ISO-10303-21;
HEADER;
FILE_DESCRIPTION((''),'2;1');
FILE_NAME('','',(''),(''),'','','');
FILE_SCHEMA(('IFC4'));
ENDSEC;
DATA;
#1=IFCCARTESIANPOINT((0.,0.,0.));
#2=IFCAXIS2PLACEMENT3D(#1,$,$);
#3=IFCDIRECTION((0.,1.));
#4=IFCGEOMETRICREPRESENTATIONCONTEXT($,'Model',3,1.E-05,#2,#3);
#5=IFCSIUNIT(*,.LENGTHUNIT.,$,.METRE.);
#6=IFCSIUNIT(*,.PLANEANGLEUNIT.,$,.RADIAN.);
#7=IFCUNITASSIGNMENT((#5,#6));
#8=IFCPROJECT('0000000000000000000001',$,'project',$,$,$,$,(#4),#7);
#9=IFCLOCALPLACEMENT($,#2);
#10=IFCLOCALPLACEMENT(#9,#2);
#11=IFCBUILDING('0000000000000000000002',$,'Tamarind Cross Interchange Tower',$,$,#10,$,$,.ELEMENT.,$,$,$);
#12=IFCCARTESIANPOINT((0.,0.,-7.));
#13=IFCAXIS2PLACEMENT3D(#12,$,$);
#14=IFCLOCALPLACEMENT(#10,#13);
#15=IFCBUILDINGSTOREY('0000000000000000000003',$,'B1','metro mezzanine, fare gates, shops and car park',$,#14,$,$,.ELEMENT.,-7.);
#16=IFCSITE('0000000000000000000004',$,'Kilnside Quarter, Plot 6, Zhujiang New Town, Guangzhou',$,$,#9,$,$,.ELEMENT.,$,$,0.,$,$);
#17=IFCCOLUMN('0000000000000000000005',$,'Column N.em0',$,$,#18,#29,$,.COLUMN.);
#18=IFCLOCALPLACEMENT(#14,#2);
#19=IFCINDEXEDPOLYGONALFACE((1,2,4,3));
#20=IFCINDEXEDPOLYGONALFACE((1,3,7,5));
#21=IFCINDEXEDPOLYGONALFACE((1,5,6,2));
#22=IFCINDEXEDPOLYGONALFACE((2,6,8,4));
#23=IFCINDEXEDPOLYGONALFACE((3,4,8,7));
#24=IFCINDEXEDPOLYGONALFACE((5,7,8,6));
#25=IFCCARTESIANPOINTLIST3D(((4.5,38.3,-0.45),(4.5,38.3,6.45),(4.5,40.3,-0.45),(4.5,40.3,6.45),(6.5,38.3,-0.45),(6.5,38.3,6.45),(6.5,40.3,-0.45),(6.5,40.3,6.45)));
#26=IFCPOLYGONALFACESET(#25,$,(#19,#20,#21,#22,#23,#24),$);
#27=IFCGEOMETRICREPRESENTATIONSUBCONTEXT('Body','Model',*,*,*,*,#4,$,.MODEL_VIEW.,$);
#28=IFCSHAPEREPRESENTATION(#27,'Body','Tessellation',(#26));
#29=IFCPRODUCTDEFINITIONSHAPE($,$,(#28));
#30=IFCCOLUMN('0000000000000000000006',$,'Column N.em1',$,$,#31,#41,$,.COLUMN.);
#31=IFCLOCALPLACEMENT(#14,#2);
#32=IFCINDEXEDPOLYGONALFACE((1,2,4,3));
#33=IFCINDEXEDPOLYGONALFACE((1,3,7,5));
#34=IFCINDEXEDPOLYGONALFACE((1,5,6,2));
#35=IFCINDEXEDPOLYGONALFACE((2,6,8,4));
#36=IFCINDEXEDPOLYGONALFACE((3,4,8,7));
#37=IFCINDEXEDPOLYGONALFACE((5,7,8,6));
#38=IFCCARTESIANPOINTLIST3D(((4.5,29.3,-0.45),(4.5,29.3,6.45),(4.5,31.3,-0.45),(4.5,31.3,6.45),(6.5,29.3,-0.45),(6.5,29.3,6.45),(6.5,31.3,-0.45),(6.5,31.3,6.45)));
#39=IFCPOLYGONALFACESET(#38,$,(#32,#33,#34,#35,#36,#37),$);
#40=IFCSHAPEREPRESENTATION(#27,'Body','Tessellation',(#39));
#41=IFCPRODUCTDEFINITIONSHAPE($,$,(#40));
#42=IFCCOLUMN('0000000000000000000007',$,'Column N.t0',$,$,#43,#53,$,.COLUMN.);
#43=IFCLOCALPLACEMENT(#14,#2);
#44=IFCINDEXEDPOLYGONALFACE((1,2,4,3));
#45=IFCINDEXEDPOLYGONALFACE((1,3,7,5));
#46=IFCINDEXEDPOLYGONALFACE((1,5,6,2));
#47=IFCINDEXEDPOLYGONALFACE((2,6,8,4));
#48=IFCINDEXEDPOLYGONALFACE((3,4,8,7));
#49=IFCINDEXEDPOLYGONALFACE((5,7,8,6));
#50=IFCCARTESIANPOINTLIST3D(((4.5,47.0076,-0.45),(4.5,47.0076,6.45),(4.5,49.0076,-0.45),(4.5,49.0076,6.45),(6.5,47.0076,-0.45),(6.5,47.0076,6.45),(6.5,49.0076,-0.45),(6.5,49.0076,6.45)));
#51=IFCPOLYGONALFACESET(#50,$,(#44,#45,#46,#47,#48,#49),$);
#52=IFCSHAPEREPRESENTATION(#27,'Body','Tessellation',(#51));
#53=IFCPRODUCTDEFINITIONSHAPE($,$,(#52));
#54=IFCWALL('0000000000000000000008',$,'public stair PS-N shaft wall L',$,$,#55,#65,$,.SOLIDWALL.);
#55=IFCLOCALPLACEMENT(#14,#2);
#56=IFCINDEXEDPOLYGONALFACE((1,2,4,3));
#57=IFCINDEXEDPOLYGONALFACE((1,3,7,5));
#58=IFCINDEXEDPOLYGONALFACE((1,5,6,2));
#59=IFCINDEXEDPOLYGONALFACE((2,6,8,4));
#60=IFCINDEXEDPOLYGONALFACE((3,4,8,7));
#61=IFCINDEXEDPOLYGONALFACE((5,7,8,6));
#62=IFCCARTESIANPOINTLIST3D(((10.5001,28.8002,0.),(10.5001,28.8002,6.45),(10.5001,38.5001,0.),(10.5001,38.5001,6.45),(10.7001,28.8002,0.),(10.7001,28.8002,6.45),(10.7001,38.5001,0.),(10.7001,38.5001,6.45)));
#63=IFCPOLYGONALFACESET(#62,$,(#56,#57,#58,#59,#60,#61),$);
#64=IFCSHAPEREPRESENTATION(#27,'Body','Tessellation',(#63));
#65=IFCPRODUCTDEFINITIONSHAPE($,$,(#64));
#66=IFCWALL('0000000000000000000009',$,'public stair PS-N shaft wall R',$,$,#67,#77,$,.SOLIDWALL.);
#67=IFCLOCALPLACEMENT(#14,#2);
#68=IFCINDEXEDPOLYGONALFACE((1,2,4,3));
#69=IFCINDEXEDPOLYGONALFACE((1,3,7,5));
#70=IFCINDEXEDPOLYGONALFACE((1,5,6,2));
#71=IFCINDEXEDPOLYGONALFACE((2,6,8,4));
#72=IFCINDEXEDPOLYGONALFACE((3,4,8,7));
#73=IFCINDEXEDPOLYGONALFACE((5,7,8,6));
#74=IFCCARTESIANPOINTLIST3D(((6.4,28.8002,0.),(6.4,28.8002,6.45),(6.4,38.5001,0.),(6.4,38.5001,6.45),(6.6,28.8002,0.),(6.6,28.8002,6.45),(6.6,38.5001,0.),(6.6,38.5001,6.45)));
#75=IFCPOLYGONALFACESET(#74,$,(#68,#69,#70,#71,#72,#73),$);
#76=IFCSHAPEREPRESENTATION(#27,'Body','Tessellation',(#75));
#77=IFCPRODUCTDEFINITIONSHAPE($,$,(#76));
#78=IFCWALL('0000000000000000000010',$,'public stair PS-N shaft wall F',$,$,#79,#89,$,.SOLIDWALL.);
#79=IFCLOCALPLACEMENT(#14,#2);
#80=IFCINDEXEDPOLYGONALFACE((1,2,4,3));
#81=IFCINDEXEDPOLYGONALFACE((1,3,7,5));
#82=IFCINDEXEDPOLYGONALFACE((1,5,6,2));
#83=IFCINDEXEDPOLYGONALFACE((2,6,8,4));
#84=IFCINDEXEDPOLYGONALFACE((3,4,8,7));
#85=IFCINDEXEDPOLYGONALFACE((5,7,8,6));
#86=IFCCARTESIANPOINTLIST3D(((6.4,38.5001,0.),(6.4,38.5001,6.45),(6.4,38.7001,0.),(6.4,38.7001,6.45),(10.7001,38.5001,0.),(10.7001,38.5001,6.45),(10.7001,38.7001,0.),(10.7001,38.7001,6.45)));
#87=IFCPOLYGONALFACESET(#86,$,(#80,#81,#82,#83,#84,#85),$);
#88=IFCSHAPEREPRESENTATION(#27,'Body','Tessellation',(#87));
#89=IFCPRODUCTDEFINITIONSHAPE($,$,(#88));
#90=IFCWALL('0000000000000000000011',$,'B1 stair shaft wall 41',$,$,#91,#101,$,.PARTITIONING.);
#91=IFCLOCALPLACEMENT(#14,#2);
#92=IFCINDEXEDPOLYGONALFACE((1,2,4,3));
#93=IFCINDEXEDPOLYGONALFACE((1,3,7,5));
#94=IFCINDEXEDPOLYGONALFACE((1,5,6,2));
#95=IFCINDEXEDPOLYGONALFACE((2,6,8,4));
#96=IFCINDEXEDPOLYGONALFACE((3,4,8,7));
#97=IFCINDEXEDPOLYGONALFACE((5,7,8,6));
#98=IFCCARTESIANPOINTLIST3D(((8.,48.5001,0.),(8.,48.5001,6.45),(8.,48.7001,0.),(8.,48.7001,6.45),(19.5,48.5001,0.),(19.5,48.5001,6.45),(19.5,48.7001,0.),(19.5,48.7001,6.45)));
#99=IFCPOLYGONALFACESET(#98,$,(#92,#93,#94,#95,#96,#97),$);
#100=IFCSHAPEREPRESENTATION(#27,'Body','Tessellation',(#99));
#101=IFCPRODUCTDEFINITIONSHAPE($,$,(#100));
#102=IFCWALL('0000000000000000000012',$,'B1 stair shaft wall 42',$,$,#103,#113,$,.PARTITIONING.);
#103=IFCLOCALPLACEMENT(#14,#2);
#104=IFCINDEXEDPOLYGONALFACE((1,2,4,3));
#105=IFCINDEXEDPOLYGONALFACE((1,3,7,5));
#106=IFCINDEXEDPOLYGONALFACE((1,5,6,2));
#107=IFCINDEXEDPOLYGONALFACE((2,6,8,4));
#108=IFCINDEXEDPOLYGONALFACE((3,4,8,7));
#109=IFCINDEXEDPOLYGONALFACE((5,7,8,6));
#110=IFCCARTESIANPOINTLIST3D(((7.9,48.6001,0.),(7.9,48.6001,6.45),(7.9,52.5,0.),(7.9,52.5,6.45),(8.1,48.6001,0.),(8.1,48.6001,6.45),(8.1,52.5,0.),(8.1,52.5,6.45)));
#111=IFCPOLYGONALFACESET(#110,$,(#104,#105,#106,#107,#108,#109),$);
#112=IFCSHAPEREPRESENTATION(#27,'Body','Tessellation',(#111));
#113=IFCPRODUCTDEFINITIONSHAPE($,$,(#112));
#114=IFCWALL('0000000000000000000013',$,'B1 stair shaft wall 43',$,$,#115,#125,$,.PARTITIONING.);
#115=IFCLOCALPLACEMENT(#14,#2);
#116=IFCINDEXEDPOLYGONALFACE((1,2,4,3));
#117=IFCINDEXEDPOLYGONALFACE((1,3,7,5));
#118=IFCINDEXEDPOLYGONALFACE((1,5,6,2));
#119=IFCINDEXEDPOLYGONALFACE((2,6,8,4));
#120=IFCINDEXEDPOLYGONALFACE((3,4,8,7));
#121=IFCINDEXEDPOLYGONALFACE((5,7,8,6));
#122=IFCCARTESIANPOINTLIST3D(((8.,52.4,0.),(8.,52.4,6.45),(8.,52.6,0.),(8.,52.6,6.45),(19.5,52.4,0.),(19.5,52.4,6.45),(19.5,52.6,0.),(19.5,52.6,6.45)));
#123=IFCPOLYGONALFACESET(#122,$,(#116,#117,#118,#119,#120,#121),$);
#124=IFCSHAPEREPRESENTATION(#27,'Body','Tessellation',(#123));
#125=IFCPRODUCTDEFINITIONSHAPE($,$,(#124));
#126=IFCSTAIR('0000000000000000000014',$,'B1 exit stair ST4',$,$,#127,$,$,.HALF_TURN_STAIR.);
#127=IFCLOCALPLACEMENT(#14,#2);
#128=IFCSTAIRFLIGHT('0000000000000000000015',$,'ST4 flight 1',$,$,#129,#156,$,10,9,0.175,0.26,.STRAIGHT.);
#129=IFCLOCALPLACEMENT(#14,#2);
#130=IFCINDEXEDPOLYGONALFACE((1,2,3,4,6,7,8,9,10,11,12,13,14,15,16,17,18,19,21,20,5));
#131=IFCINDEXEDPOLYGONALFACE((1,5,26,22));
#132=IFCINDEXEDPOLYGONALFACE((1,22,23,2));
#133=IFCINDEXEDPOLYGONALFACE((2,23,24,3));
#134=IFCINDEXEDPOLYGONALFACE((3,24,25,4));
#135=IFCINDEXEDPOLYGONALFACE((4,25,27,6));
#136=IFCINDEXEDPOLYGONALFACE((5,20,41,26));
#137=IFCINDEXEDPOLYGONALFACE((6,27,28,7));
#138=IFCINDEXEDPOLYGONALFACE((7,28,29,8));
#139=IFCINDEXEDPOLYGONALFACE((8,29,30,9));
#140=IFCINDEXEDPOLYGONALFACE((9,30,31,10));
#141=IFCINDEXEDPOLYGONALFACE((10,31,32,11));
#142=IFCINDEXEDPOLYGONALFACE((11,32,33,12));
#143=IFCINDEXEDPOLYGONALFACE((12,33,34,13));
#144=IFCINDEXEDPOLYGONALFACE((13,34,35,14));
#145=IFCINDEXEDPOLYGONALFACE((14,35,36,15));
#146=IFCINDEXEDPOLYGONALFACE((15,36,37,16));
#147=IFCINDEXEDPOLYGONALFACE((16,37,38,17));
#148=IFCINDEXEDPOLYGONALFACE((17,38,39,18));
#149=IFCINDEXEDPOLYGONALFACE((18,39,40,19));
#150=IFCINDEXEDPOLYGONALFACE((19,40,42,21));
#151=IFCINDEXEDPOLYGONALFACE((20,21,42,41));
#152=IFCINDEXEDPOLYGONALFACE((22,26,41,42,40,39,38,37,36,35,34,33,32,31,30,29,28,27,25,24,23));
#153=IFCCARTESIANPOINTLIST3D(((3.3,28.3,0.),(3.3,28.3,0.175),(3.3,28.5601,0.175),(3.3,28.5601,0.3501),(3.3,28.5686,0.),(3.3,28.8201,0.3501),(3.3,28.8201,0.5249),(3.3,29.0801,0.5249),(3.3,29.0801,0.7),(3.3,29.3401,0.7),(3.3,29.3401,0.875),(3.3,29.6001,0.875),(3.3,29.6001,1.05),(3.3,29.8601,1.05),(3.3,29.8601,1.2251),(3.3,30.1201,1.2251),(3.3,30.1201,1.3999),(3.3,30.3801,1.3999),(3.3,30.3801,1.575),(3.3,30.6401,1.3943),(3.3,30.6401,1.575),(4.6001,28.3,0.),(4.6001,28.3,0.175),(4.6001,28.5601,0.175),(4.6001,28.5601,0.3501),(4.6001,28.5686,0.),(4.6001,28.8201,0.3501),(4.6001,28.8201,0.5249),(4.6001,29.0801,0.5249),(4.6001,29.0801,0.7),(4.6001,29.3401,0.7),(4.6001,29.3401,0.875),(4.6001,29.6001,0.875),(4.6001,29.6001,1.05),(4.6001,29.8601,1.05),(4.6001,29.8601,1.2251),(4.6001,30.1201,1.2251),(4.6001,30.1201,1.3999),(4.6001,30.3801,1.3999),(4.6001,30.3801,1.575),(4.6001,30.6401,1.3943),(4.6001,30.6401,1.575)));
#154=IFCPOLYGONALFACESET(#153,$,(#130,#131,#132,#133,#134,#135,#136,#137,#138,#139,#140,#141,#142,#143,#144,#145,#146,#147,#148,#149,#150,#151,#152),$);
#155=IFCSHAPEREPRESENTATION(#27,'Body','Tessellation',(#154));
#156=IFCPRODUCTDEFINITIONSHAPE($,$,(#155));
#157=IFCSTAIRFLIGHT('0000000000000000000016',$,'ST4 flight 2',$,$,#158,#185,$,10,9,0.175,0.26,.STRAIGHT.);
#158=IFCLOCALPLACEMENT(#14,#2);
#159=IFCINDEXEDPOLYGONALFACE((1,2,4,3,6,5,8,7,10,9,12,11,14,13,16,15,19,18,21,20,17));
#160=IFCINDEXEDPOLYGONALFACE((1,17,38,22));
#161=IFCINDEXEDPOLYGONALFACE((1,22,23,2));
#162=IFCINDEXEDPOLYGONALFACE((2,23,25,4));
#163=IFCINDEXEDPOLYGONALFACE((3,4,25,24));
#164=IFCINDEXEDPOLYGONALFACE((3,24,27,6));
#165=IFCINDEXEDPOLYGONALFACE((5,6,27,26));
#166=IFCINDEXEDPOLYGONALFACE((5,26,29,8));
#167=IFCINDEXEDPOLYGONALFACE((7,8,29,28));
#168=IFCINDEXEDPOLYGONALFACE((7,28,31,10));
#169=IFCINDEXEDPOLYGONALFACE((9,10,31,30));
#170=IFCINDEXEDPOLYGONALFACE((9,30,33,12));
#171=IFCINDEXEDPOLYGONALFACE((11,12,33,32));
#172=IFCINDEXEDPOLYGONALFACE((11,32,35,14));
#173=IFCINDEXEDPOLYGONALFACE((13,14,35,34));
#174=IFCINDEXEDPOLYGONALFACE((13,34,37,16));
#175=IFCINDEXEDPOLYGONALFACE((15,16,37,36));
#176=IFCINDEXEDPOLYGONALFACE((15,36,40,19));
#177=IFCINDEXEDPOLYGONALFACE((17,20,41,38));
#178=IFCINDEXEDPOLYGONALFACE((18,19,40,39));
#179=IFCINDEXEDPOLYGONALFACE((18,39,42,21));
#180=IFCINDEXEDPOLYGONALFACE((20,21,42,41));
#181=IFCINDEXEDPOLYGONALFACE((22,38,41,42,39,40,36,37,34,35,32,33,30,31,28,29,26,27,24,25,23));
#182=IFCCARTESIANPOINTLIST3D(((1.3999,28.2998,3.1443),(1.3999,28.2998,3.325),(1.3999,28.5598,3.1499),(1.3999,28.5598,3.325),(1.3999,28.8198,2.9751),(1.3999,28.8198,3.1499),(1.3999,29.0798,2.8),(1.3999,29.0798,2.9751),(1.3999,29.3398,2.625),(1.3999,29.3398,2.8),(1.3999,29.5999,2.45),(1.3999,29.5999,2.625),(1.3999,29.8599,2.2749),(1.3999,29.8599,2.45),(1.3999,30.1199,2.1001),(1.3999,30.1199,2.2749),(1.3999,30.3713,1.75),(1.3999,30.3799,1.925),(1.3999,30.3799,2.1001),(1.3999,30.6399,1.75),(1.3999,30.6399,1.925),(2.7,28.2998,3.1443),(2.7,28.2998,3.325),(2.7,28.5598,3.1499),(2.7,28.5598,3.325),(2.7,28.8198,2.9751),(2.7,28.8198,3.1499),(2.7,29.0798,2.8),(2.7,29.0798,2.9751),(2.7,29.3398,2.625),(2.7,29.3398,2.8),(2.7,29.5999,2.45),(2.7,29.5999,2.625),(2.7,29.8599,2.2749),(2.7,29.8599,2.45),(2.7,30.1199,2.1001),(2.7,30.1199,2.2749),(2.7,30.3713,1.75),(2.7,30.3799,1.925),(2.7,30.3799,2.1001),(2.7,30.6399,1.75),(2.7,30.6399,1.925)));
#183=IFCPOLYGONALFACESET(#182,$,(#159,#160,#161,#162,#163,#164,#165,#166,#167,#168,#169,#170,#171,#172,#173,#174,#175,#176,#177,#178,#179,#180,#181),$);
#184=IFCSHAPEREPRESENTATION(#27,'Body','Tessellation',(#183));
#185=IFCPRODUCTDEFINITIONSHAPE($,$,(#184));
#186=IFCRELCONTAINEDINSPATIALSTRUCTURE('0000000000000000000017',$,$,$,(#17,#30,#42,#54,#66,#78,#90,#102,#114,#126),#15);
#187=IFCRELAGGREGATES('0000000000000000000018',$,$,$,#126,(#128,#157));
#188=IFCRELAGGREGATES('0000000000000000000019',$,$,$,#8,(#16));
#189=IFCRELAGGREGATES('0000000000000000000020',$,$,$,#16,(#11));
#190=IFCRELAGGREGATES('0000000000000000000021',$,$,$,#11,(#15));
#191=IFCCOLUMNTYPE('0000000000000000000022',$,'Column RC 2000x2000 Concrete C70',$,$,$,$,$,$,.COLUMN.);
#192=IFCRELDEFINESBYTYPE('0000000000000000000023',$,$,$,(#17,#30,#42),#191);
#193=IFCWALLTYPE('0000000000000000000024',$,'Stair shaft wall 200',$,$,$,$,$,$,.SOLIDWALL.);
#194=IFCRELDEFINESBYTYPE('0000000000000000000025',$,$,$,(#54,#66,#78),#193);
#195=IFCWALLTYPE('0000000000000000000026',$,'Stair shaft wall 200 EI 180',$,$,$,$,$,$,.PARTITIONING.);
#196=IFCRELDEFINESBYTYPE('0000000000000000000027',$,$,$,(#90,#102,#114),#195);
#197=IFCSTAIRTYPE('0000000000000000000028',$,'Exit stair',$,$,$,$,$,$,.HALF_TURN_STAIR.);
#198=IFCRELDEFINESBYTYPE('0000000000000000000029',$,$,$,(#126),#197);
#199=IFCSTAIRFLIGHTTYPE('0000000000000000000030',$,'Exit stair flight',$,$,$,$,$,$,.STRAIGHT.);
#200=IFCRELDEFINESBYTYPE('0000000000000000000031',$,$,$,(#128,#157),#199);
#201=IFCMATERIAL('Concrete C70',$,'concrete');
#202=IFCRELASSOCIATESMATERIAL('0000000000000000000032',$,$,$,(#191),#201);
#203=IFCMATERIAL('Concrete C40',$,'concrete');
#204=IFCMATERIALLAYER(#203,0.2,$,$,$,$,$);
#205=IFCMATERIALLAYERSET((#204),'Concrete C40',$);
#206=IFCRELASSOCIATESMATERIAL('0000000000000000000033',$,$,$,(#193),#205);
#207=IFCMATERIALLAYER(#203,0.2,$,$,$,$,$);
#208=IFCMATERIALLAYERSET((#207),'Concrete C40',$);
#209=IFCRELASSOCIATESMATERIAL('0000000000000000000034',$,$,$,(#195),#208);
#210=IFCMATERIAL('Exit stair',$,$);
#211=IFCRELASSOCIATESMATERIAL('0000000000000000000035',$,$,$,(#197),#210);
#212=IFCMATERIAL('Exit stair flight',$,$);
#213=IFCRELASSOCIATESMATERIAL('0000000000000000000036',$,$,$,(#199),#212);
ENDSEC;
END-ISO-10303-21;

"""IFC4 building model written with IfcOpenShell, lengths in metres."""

from ifc_helpers import new_model, si_unit, direction, frame, frame_2d, origin, origin_2d, place, context, subcontext, project, spatial, polyline, rectangle, outline, extrude, material, layer, layer_set, material_profile, profile_set, type_object, element, aggregate, save


model = new_model("IFC4")

# Units and contexts
model_context = context("Model", 3, precision=1e-05, world=origin(), true_north=direction((0.0, 1.0)))
body_context = subcontext(model_context, "Body", "Model", "MODEL_VIEW")
ifc_project = project(units=[si_unit("LENGTHUNIT", "METRE"), si_unit("PLANEANGLEUNIT", "RADIAN")], contexts=[model_context])

# Site, building, storey
site_placement = place(None, origin())
site = spatial("IfcSite", under=ifc_project, at=site_placement, Name="Kilnside Quarter, Plot 6, Zhujiang New Town, Guangzhou", CompositionType="ELEMENT", RefElevation=0.0)
building_placement = place(site_placement, origin())
building = spatial("IfcBuilding", under=site, at=building_placement, Name="Tamarind Cross Interchange Tower", CompositionType="ELEMENT")
storey_placement = place(building_placement, frame((0.0, 0.0, -7.0)))
storey = spatial("IfcBuildingStorey", under=building, at=storey_placement, Name="B1", Description="metro mezzanine, fare gates, shops and car park", CompositionType="ELEMENT", Elevation=-7.0)

# Columns
ifc_material_1 = material(Name="Concrete C70", Category="concrete")
ifc_material_profile = material_profile(ifc_material_1, rectangle(XDim=2.0, YDim=2.0, at=origin_2d()), Name="RC 2000x2000")
ifc_profile_set = profile_set([ifc_material_profile], Name="Concrete C70")
column_type = type_object("IfcColumnType", Name="Column RC 2000x2000 Concrete C70", PredefinedType="COLUMN", material=ifc_profile_set)
for number, where, z_axis, x_axis, name in (
    (1, (5.5, 39.3, -0.45), (0.0, 0.0, 1.0), (1.0, 0.0, 0.0), "Column N.em0"),
    (2, (5.5, 30.3, -0.45), (0.0, 0.0, 1.0), (1.0, 0.0, 0.0), "Column N.em1"),
    (3, (5.5, 48.0076, -0.45), (0.0, 0.0, 1.0), (1.0, 0.0, 0.0), "Column N.t0"),
):
    element("IfcColumn", number, at=place(storey_placement, frame(where, z_axis=z_axis, x_axis=x_axis)), inside=storey, type_object=column_type, Name=name, PredefinedType="COLUMN", context=body_context, shape_type="SweptSolid", body=[
        extrude(rectangle(XDim=2.0, YDim=2.0, at=origin_2d()), origin(), (0.0, 0.0, 1.0), 6.8999),
    ])

# Walls
ifc_material_2 = material(Name="Concrete C40", Category="concrete")
ifc_layer_1 = layer(ifc_material_2, 0.2)
ifc_layer_set_1 = layer_set([ifc_layer_1], Name="Concrete C40")
wall_type_1 = type_object("IfcWallType", Name="Stair shaft wall 200", PredefinedType="SOLIDWALL", material=ifc_layer_set_1)
for number, where, z_axis, x_axis, name in (
    (4, (10.6001, 28.8, 0.0), (0.0, 0.0, 1.0), (0.0, 1.0, 0.0), "public stair PS-N shaft wall L"),
    (5, (6.5, 28.8, 0.0), (0.0, 0.0, 1.0), (0.0, 1.0, 0.0), "public stair PS-N shaft wall R"),
):
    element("IfcWall", number, at=place(storey_placement, frame(where, z_axis=z_axis, x_axis=x_axis)), inside=storey, type_object=wall_type_1, Name=name, PredefinedType="SOLIDWALL", context=body_context, shape_type="SweptSolid", body=[
        extrude(rectangle(XDim=9.7, YDim=0.2, at=frame_2d((4.8501, 0.0))), origin(), (0.0, 0.0, 1.0), 6.45),
    ])
wall_1_placement = place(storey_placement, frame((10.7, 38.6001, 0.0), z_axis=(0.0, 0.0, 1.0), x_axis=(-1.0, 0.0, 0.0)))
element("IfcWall", 6, at=wall_1_placement, inside=storey, type_object=wall_type_1, Name="public stair PS-N shaft wall F", PredefinedType="SOLIDWALL", context=body_context, shape_type="SweptSolid", body=[
    extrude(rectangle(XDim=4.3, YDim=0.2, at=frame_2d((2.1499, 0.0))), origin(), (0.0, 0.0, 1.0), 6.45),
])
ifc_layer_2 = layer(ifc_material_2, 0.2)
ifc_layer_set_2 = layer_set([ifc_layer_2], Name="Concrete C40")
wall_type_2 = type_object("IfcWallType", Name="Stair shaft wall 200 EI 180", PredefinedType="PARTITIONING", material=ifc_layer_set_2)
wall_2_placement = place(storey_placement, frame((8.0, 48.6001, 0.0), z_axis=(0.0, 0.0, 1.0), x_axis=(1.0, 0.0, 0.0)))
element("IfcWall", 7, at=wall_2_placement, inside=storey, type_object=wall_type_2, Name="B1 stair shaft wall 41", PredefinedType="PARTITIONING", context=body_context, shape_type="SweptSolid", body=[
    extrude(rectangle(XDim=11.5, YDim=0.2, at=frame_2d((5.75, 0.0))), origin(), (0.0, 0.0, 1.0), 6.45),
])
wall_3_placement = place(storey_placement, frame((8.0, 48.6001, 0.0), z_axis=(0.0, 0.0, 1.0), x_axis=(0.0, 1.0, 0.0)))
element("IfcWall", 8, at=wall_3_placement, inside=storey, type_object=wall_type_2, Name="B1 stair shaft wall 42", PredefinedType="PARTITIONING", context=body_context, shape_type="SweptSolid", body=[
    extrude(rectangle(XDim=3.8999, YDim=0.2, at=frame_2d((1.95, 0.0))), origin(), (0.0, 0.0, 1.0), 6.45),
])
wall_4_placement = place(storey_placement, frame((8.0, 52.5, 0.0), z_axis=(0.0, 0.0, 1.0), x_axis=(1.0, 0.0, 0.0)))
element("IfcWall", 9, at=wall_4_placement, inside=storey, type_object=wall_type_2, Name="B1 stair shaft wall 43", PredefinedType="PARTITIONING", context=body_context, shape_type="SweptSolid", body=[
    extrude(rectangle(XDim=11.5, YDim=0.2, at=frame_2d((5.75, 0.0))), origin(), (0.0, 0.0, 1.0), 6.45),
])

# Stair, stair flights
ifc_material_3 = material(Name="Exit stair")
stair_type_1 = type_object("IfcStairType", Name="Exit stair", PredefinedType="HALF_TURN_STAIR", material=ifc_material_3)
stair_1_placement = place(storey_placement, origin())
stair_1 = element("IfcStair", 10, at=stair_1_placement, inside=storey, type_object=stair_type_1, Name="B1 exit stair ST4", PredefinedType="HALF_TURN_STAIR")
ifc_material_4 = material(Name="Exit stair flight")
stair_flight_type_1 = type_object("IfcStairFlightType", Name="Exit stair flight", PredefinedType="STRAIGHT", material=ifc_material_4)
stair_flight_1_placement = place(storey_placement, frame((3.95, 28.3, 0.0), z_axis=(0.0, 0.0, 1.0), x_axis=(0.0, 1.0, 0.0)))
stair_flight_1 = element("IfcStairFlight", 11, at=stair_flight_1_placement, type_object=stair_flight_type_1, Name="ST4 flight 1", NumberOfRisers=10, NumberOfTreads=9, PredefinedType="STRAIGHT", RiserHeight=0.175, TreadLength=0.26, context=body_context, shape_type="SweptSolid", body=[
    extrude(outline(polyline([(0.0, 0.0), (0.0, 0.175), (0.26, 0.175), (0.26, 0.3501), (0.52, 0.3501), (0.52, 0.5249), (0.78, 0.5249), (0.78, 0.7), (1.04, 0.7), (1.04, 0.875), (1.3, 0.875), (1.3, 1.05), (1.5601, 1.05), (1.5601, 1.2251), (1.8201, 1.2251), (1.8201, 1.3999), (2.0801, 1.3999), (2.0801, 1.575), (2.3401, 1.575), (2.3401, 1.75), (2.3401, 1.3943), (0.2686, 0.0), (0.0, 0.0)])), frame((0.0, 0.6499, 0.0), z_axis=(0.0, -1.0, 0.0), x_axis=(1.0, 0.0, 0.0)), (0.0, 0.0, 1.0), 1.3),
])
stair_flight_2_placement = place(storey_placement, frame((2.05, 30.6399, 1.75), z_axis=(0.0, 0.0, 1.0), x_axis=(0.0, -1.0, 0.0)))
stair_flight_2 = element("IfcStairFlight", 12, at=stair_flight_2_placement, type_object=stair_flight_type_1, Name="ST4 flight 2", NumberOfRisers=10, NumberOfTreads=9, PredefinedType="STRAIGHT", RiserHeight=0.175, TreadLength=0.26, context=body_context, shape_type="SweptSolid", body=[
    extrude(outline(polyline([(0.0, 0.0), (0.0, 0.175), (0.26, 0.175), (0.26, 0.3501), (0.52, 0.3501), (0.52, 0.5249), (0.78, 0.5249), (0.78, 0.7), (1.04, 0.7), (1.04, 0.875), (1.3, 0.875), (1.3, 1.05), (1.5601, 1.05), (1.5601, 1.2251), (1.8201, 1.2251), (1.8201, 1.3999), (2.0801, 1.3999), (2.0801, 1.575), (2.3401, 1.575), (2.3401, 1.75), (2.3401, 1.3943), (0.2686, 0.0), (0.0, 0.0)])), frame((0.0, 0.6499, 0.0), z_axis=(0.0, -1.0, 0.0), x_axis=(1.0, 0.0, 0.0)), (0.0, 0.0, 1.0), 1.3),
])
aggregate(stair_1, [stair_flight_1, stair_flight_2])

save(model, "model.ifc")
